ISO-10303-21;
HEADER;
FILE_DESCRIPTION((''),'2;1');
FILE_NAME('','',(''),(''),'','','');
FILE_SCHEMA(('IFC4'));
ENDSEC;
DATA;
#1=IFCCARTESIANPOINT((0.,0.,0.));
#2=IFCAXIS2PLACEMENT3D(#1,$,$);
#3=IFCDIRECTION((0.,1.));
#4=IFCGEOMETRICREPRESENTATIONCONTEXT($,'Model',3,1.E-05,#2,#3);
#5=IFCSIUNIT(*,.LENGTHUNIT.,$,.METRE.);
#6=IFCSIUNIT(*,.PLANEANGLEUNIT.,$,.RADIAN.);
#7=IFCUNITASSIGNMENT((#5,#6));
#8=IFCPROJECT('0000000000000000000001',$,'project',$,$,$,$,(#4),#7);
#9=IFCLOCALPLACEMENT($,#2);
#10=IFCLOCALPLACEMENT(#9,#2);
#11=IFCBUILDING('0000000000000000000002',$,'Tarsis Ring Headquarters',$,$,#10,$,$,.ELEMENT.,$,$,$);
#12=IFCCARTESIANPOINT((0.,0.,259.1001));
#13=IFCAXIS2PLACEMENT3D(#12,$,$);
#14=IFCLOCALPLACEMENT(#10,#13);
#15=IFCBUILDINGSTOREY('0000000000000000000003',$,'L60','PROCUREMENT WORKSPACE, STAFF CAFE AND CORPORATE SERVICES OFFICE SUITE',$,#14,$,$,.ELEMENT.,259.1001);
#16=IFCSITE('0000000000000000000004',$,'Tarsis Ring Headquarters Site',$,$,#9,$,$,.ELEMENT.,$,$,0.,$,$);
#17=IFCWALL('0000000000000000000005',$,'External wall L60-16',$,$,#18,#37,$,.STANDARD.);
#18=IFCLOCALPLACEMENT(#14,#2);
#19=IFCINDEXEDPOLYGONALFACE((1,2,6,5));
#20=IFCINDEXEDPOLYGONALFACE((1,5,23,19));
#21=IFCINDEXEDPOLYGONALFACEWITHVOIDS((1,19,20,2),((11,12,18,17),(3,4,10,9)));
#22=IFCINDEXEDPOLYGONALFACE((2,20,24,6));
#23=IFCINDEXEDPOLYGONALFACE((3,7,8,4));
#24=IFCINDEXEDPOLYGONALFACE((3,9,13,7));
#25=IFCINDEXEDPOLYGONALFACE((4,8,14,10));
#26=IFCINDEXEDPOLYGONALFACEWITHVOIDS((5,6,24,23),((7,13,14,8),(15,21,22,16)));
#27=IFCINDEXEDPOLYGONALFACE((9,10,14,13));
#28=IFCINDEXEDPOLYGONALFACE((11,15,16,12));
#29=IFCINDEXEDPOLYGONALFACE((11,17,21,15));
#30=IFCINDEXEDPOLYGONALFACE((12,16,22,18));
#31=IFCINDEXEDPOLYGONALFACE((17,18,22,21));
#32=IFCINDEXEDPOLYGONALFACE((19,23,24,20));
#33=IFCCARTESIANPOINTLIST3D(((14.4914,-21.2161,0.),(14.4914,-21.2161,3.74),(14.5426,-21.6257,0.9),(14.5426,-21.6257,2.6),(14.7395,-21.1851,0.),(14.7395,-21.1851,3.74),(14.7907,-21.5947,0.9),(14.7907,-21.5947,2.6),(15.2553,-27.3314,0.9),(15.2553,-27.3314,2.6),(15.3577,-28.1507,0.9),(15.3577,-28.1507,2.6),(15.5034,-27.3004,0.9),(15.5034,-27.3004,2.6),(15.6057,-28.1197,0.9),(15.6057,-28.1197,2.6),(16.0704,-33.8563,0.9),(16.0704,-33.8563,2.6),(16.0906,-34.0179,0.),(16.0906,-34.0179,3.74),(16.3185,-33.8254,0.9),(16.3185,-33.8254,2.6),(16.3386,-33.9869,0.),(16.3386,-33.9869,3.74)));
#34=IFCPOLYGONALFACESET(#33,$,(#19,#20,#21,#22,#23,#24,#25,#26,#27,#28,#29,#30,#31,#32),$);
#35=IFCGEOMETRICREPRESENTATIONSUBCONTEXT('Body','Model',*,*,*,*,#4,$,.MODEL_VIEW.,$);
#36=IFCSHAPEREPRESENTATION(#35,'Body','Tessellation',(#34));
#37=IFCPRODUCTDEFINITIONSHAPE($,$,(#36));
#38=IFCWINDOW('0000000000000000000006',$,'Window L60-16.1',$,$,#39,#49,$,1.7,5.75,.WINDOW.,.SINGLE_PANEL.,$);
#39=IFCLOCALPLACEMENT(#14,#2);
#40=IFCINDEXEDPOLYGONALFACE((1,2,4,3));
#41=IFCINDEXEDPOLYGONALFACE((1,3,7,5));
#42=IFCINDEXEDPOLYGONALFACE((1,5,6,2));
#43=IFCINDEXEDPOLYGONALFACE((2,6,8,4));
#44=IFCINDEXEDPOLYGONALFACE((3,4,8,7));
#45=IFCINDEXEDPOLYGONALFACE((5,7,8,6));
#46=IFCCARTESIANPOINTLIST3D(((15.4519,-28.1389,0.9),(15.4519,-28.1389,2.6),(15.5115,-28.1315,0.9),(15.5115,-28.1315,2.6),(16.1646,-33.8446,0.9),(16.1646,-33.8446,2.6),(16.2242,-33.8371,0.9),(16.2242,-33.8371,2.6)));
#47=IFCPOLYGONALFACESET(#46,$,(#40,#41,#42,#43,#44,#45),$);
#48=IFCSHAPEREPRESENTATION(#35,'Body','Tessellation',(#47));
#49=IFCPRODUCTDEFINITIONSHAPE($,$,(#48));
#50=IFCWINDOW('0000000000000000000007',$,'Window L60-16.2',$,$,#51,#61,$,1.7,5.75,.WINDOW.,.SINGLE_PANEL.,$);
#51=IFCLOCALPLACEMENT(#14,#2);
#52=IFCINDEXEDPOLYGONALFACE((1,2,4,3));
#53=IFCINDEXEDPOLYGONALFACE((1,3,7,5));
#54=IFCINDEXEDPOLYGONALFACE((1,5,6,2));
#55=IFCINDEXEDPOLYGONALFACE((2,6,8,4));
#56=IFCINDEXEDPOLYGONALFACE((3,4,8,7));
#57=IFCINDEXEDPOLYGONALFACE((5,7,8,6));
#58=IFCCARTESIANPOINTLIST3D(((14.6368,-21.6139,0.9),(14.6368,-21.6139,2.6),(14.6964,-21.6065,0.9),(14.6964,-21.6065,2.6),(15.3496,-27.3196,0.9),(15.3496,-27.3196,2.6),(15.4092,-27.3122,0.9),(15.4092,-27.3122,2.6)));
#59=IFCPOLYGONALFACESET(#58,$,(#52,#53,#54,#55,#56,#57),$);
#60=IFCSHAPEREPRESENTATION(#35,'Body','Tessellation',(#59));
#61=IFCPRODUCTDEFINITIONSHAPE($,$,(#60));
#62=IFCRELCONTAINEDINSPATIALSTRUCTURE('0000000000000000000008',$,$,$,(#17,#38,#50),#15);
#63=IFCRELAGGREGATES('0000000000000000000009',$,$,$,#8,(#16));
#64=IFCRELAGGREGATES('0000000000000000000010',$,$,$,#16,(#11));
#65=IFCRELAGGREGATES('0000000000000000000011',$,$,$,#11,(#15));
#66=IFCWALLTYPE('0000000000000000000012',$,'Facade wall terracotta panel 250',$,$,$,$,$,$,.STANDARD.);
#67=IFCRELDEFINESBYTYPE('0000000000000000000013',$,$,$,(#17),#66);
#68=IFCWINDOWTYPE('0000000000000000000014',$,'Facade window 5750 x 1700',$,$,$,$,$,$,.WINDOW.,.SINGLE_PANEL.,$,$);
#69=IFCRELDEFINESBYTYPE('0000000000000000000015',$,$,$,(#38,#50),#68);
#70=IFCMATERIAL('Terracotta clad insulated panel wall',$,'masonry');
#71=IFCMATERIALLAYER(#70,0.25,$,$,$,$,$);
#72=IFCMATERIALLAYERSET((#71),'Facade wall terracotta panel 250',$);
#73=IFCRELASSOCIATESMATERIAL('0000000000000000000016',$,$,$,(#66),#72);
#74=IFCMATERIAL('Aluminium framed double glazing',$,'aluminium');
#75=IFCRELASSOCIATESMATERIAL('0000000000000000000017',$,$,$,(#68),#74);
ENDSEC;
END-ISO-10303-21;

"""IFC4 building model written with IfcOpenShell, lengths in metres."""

from ifc_helpers import new_model, si_unit, direction, frame, frame_2d, origin, place, context, subcontext, project, spatial, rectangle, extrude, material, layer, layer_set, type_object, element, fill, save


model = new_model("IFC4")

# Units and contexts
model_context = context("Model", 3, precision=1e-05, world=origin(), true_north=direction((0.0, 1.0)))
body_context = subcontext(model_context, "Body", "Model", "MODEL_VIEW")
ifc_project = project(units=[si_unit("LENGTHUNIT", "METRE"), si_unit("PLANEANGLEUNIT", "RADIAN")], contexts=[model_context])

# Site, building, storey
site_placement = place(None, origin())
site = spatial("IfcSite", under=ifc_project, at=site_placement, Name="Tarsis Ring Headquarters Site", CompositionType="ELEMENT", RefElevation=0.0)
building_placement = place(site_placement, origin())
building = spatial("IfcBuilding", under=site, at=building_placement, Name="Tarsis Ring Headquarters", CompositionType="ELEMENT")
storey_placement = place(building_placement, frame((0.0, 0.0, 259.1001)))
storey = spatial("IfcBuildingStorey", under=building, at=storey_placement, Name="L60", Description="PROCUREMENT WORKSPACE, STAFF CAFE AND CORPORATE SERVICES OFFICE SUITE", CompositionType="ELEMENT", Elevation=259.1001)

# Shared definitions
ifc_material_1 = material(Name="Terracotta clad insulated panel wall", Category="masonry")
ifc_layer = layer(ifc_material_1, 0.25)
ifc_layer_set = layer_set([ifc_layer], Name="Facade wall terracotta panel 250")
wall_type = type_object("IfcWallType", Name="Facade wall terracotta panel 250", PredefinedType="STANDARD", material=ifc_layer_set)

# Wall, openings, windows
wall_1_placement = place(storey_placement, frame((16.2146, -34.0024, 0.0), z_axis=(0.0, 0.0, 1.0), x_axis=(-0.123951, 0.992288, 0.0)))
wall_1 = element("IfcWall", 1, at=wall_1_placement, inside=storey, type_object=wall_type, Name="External wall L60-16", PredefinedType="STANDARD", context=body_context, shape_type="SweptSolid", body=[
    extrude(rectangle(XDim=12.9014, YDim=0.25, at=frame_2d((6.4507, 0.0))), origin(), (0.0, 0.0, 1.0), 3.74),
])
opening_1_placement = place(wall_1_placement, frame((0.1628, 0.0, 0.8999)))
opening_1 = element("IfcOpeningElement", 2, at=opening_1_placement, cuts=wall_1, PredefinedType="OPENING", context=body_context, shape_type="SweptSolid", body=[
    extrude(rectangle(XDim=5.75, YDim=1.7, at=frame_2d((2.875, 0.8501))), frame((0.0, 0.135, 0.0), z_axis=(0.0, -1.0, 0.0), x_axis=(1.0, 0.0, 0.0)), (0.0, 0.0, 1.0), 0.27),
])
opening_2_placement = place(wall_1_placement, frame((6.7385, 0.0, 0.8999)))
opening_2 = element("IfcOpeningElement", 3, at=opening_2_placement, cuts=wall_1, PredefinedType="OPENING", context=body_context, shape_type="SweptSolid", body=[
    extrude(rectangle(XDim=5.75, YDim=1.7, at=frame_2d((2.875, 0.8501))), frame((0.0, 0.135, 0.0), z_axis=(0.0, -1.0, 0.0), x_axis=(1.0, 0.0, 0.0)), (0.0, 0.0, 1.0), 0.27),
])
ifc_material_2 = material(Name="Aluminium framed double glazing", Category="aluminium")
window_type = type_object("IfcWindowType", Name="Facade window 5750 x 1700", PartitioningType="SINGLE_PANEL", PredefinedType="WINDOW", material=ifc_material_2)
window_1_placement = place(opening_1_placement, origin())
window_1 = element("IfcWindow", 4, at=window_1_placement, inside=storey, type_object=window_type, Name="Window L60-16.1", OverallHeight=1.7, OverallWidth=5.75, PartitioningType="SINGLE_PANEL", PredefinedType="WINDOW", context=body_context, shape_type="SweptSolid", body=[
    extrude(rectangle(XDim=5.75, YDim=1.7, at=frame_2d((2.875, 0.8501))), frame((0.0, 0.03, 0.0), z_axis=(0.0, -1.0, 0.0), x_axis=(1.0, 0.0, 0.0)), (0.0, 0.0, 1.0), 0.0601),
])
fill(opening_1, window_1)
window_2_placement = place(opening_2_placement, origin())
window_2 = element("IfcWindow", 5, at=window_2_placement, inside=storey, type_object=window_type, Name="Window L60-16.2", OverallHeight=1.7, OverallWidth=5.75, PartitioningType="SINGLE_PANEL", PredefinedType="WINDOW", context=body_context, shape_type="SweptSolid", body=[
    extrude(rectangle(XDim=5.75, YDim=1.7, at=frame_2d((2.875, 0.8501))), frame((0.0, 0.03, 0.0), z_axis=(0.0, -1.0, 0.0), x_axis=(1.0, 0.0, 0.0)), (0.0, 0.0, 1.0), 0.0601),
])
fill(opening_2, window_2)

save(model, "model.ifc")
